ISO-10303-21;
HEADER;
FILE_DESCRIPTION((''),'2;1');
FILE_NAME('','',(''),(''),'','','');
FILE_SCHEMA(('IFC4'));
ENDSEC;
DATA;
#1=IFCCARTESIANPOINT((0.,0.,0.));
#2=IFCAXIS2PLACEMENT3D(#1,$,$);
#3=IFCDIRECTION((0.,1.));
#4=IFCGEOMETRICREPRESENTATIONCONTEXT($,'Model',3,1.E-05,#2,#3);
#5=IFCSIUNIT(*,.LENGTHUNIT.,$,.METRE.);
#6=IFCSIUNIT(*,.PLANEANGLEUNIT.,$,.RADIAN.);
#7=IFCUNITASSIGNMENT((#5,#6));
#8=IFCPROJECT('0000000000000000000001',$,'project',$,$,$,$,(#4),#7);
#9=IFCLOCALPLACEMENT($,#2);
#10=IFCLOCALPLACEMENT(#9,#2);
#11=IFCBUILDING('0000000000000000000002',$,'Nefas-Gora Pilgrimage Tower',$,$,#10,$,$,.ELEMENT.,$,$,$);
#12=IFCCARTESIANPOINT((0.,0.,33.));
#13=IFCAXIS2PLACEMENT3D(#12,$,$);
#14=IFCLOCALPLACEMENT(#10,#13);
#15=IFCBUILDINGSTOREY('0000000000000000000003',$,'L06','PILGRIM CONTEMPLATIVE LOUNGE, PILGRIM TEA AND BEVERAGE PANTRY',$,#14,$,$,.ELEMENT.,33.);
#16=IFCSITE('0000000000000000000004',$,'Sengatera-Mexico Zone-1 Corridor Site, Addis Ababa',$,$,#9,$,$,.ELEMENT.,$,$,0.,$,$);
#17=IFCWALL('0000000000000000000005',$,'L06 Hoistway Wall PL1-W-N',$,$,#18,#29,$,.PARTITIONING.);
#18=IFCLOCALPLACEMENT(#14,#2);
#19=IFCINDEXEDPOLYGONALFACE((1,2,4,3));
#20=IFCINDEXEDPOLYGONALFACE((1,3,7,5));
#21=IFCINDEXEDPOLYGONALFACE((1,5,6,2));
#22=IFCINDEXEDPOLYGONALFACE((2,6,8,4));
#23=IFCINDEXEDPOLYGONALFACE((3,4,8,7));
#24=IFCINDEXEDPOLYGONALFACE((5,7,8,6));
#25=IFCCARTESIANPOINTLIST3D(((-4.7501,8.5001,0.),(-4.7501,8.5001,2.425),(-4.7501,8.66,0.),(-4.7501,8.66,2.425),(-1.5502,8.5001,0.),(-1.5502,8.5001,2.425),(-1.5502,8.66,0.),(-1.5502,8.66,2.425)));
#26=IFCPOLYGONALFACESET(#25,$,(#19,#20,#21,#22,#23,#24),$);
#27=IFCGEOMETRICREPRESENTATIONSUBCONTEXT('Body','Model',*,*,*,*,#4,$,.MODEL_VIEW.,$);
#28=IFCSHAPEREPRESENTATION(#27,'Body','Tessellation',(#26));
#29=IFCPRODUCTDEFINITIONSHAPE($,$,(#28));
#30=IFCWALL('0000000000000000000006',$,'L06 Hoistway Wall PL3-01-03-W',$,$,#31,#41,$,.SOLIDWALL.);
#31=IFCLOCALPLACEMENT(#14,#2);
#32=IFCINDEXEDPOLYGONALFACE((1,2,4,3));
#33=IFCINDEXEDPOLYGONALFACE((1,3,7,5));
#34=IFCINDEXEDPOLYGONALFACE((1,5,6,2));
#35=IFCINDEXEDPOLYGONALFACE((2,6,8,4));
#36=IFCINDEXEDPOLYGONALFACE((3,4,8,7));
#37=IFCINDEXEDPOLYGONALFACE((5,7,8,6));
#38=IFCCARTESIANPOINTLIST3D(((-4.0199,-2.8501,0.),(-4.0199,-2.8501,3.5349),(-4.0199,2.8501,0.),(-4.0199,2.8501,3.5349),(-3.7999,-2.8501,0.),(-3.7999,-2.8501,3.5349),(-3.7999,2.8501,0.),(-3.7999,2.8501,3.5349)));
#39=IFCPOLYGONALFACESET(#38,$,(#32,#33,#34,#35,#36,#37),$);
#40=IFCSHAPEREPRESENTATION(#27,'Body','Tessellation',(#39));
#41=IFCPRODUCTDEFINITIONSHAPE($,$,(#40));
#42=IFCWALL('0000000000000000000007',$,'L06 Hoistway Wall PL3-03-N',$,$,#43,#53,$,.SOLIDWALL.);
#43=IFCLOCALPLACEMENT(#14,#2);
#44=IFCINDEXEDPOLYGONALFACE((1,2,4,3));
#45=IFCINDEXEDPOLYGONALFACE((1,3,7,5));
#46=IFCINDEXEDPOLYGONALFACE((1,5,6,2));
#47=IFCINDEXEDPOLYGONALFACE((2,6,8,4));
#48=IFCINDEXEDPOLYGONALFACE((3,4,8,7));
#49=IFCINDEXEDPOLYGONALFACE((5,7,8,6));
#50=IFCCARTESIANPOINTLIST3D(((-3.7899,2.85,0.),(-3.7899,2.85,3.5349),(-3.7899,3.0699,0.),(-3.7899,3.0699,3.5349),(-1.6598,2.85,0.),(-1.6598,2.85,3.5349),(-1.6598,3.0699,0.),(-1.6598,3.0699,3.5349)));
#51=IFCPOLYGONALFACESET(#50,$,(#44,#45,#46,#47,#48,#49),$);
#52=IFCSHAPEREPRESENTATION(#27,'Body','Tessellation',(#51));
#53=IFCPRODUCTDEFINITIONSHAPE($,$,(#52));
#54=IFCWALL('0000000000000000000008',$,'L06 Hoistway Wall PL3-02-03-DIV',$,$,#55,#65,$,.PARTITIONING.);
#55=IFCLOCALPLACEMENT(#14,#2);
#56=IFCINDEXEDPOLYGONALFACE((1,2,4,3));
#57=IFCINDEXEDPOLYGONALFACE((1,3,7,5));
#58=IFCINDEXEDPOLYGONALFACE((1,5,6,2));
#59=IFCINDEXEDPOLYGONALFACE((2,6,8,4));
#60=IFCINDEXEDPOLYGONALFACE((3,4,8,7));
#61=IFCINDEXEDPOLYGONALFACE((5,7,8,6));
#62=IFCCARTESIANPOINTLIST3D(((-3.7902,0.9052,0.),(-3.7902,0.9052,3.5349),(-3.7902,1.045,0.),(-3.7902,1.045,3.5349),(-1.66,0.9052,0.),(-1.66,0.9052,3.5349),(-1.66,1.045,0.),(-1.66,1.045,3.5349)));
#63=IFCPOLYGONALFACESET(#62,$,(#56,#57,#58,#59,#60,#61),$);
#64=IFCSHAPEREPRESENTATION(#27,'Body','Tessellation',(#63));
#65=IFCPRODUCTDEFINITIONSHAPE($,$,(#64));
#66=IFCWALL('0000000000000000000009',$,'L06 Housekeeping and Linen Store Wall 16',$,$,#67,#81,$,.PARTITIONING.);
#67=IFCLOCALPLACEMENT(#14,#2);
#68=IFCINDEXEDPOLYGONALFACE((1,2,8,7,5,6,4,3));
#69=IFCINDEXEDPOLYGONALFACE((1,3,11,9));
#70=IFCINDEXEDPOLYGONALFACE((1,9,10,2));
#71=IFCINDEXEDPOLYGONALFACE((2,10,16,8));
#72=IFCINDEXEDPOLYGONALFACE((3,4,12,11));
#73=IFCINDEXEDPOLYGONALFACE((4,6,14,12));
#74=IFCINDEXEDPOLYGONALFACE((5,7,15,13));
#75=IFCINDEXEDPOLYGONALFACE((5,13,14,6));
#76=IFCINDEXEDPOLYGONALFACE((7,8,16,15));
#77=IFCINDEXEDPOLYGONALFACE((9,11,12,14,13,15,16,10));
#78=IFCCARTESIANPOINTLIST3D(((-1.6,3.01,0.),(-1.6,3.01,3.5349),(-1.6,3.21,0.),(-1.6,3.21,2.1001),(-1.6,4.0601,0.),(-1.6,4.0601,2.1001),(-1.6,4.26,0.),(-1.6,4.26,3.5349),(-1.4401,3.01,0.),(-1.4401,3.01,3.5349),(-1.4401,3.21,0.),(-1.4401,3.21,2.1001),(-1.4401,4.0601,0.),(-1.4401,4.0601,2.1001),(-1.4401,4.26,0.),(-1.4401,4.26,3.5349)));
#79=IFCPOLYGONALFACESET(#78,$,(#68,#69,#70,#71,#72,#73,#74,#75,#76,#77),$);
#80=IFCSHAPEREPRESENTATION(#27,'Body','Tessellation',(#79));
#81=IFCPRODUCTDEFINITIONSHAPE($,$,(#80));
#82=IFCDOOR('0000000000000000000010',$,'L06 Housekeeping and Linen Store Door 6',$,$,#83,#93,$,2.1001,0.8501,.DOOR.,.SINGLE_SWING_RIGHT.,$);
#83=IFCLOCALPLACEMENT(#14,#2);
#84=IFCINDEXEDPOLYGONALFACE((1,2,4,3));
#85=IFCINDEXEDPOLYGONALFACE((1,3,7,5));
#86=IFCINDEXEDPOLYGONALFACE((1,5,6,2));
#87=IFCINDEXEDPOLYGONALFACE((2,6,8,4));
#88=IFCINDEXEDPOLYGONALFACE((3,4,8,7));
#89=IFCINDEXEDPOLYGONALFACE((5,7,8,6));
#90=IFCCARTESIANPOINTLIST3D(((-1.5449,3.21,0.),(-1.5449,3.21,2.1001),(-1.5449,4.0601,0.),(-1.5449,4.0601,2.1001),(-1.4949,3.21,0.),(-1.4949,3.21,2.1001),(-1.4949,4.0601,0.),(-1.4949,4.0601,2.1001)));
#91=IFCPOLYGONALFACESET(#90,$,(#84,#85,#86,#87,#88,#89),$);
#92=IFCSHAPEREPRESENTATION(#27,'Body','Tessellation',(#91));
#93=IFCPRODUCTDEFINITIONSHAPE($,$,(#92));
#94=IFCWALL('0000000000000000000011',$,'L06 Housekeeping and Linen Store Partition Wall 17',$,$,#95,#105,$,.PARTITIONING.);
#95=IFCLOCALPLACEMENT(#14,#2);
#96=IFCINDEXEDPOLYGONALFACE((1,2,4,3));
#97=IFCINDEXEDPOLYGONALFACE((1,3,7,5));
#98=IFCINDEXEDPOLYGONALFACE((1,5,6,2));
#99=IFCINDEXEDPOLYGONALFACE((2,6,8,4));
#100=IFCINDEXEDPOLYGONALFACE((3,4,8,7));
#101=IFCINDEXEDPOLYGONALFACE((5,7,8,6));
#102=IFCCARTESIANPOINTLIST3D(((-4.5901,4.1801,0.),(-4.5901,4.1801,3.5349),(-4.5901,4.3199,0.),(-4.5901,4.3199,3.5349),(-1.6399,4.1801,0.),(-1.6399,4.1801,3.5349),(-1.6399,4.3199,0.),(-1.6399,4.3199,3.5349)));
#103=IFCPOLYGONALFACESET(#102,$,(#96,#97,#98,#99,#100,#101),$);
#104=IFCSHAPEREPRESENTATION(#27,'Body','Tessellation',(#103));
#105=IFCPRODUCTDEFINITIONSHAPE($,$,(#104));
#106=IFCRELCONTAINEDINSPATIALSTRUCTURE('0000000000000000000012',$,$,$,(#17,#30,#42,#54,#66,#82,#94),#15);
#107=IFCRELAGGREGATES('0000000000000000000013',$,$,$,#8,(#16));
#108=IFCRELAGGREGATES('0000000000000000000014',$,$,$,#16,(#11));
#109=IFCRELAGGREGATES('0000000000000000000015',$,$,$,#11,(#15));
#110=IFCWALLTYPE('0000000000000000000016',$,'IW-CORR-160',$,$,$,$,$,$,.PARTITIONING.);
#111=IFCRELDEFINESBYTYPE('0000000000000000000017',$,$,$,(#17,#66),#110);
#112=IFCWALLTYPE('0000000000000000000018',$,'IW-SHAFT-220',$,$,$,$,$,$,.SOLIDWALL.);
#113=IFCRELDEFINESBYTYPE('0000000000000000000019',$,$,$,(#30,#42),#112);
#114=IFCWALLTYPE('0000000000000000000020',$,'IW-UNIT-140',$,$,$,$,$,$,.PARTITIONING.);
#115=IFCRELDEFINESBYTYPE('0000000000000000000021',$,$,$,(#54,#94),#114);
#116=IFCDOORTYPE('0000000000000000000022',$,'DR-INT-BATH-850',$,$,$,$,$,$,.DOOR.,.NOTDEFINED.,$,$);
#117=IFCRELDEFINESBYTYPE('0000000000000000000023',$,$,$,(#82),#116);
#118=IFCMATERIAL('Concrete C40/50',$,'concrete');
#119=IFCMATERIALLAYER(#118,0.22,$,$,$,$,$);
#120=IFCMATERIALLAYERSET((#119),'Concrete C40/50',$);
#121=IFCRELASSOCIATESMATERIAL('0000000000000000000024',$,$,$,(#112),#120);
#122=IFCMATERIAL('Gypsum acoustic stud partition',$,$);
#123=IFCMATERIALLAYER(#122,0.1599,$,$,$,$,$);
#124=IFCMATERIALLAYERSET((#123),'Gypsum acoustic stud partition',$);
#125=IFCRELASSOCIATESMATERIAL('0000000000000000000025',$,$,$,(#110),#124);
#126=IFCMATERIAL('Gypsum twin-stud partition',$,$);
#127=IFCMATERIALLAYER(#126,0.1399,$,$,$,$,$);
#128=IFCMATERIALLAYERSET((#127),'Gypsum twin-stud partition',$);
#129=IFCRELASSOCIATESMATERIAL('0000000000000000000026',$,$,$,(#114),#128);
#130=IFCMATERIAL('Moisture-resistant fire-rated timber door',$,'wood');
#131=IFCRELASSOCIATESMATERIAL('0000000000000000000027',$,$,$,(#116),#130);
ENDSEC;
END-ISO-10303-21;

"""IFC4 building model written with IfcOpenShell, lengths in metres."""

from ifc_helpers import new_model, si_unit, direction, frame, frame_2d, origin, place, context, subcontext, project, spatial, rectangle, extrude, source, transform, mapped, material, layer, layer_set, type_object, element, fill, save


model = new_model("IFC4")

# Units and contexts
model_context = context("Model", 3, precision=1e-05, world=origin(), true_north=direction((0.0, 1.0)))
body_context = subcontext(model_context, "Body", "Model", "MODEL_VIEW")
ifc_project = project(units=[si_unit("LENGTHUNIT", "METRE"), si_unit("PLANEANGLEUNIT", "RADIAN")], contexts=[model_context])

# Site, building, storey
site_placement = place(None, origin())
site = spatial("IfcSite", under=ifc_project, at=site_placement, Name="Sengatera-Mexico Zone-1 Corridor Site, Addis Ababa", CompositionType="ELEMENT", RefElevation=0.0)
building_placement = place(site_placement, origin())
building = spatial("IfcBuilding", under=site, at=building_placement, Name="Nefas-Gora Pilgrimage Tower", CompositionType="ELEMENT")
storey_placement = place(building_placement, frame((0.0, 0.0, 33.0)))
storey = spatial("IfcBuildingStorey", under=building, at=storey_placement, Name="L06", Description="PILGRIM CONTEMPLATIVE LOUNGE, PILGRIM TEA AND BEVERAGE PANTRY", CompositionType="ELEMENT", Elevation=33.0)

# Shared definitions
ifc_material_1 = material(Name="Concrete C40/50", Category="concrete")

# Walls
ifc_layer_1 = layer(ifc_material_1, 0.22)
ifc_layer_set_1 = layer_set([ifc_layer_1], Name="Concrete C40/50")
wall_type_1 = type_object("IfcWallType", Name="IW-SHAFT-220", PredefinedType="SOLIDWALL", material=ifc_layer_set_1)
ifc_material_2 = material(Name="Gypsum acoustic stud partition")
ifc_layer_2 = layer(ifc_material_2, 0.1599)
ifc_layer_set_2 = layer_set([ifc_layer_2], Name="Gypsum acoustic stud partition")
wall_type_2 = type_object("IfcWallType", Name="IW-CORR-160", PredefinedType="PARTITIONING", material=ifc_layer_set_2)
shared_shape_1 = source(origin(), body_context, "Body", "SweptSolid", [
    extrude(rectangle(XDim=3.2, YDim=0.1599, at=frame_2d((1.6001, 0.0))), origin(), (0.0, 0.0, 1.0), 2.425),
])
wall_1_placement = place(storey_placement, frame((-1.55, 8.5801, 0.0), z_axis=(0.0, 0.0, 1.0), x_axis=(-1.0, 0.0, 0.0)))
element("IfcWall", 1, at=wall_1_placement, inside=storey, type_object=wall_type_2, Name="L06 Hoistway Wall PL1-W-N", PredefinedType="PARTITIONING", context=body_context, shape_type="MappedRepresentation", body=[
    mapped(shared_shape_1, transform((0.0, 0.0, 0.0), x_axis=(1.0, 0.0, 0.0), y_axis=(0.0, 1.0, 0.0), z_axis=(0.0, 0.0, 1.0), scale=1.0)),
])
ifc_material_3 = material(Name="Gypsum twin-stud partition")
ifc_layer_3 = layer(ifc_material_3, 0.1399)
ifc_layer_set_3 = layer_set([ifc_layer_3], Name="Gypsum twin-stud partition")
wall_type_3 = type_object("IfcWallType", Name="IW-UNIT-140", PredefinedType="PARTITIONING", material=ifc_layer_set_3)
shared_shape_2 = source(origin(), body_context, "Body", "SweptSolid", [
    extrude(rectangle(XDim=5.7002, YDim=0.22, at=frame_2d((2.8501, 0.0))), origin(), (0.0, 0.0, 1.0), 3.5349),
])
wall_2_placement = place(storey_placement, frame((-3.9099, 2.8501, 0.0), z_axis=(0.0, 0.0, 1.0), x_axis=(0.0, -1.0, 0.0)))
element("IfcWall", 2, at=wall_2_placement, inside=storey, type_object=wall_type_1, Name="L06 Hoistway Wall PL3-01-03-W", PredefinedType="SOLIDWALL", context=body_context, shape_type="MappedRepresentation", body=[
    mapped(shared_shape_2, transform((0.0, 0.0, 0.0), x_axis=(1.0, 0.0, 0.0), y_axis=(0.0, 1.0, 0.0), z_axis=(0.0, 0.0, 1.0), scale=1.0)),
])
shared_shape_3 = source(origin(), body_context, "Body", "SweptSolid", [
    extrude(rectangle(XDim=2.1301, YDim=0.22, at=frame_2d((1.0649, 0.0))), origin(), (0.0, 0.0, 1.0), 3.5349),
])
wall_3_placement = place(storey_placement, frame((-1.6599, 2.96, 0.0), z_axis=(0.0, 0.0, 1.0), x_axis=(-1.0, 0.0, 0.0)))
element("IfcWall", 3, at=wall_3_placement, inside=storey, type_object=wall_type_1, Name="L06 Hoistway Wall PL3-03-N", PredefinedType="SOLIDWALL", context=body_context, shape_type="MappedRepresentation", body=[
    mapped(shared_shape_3, transform((0.0, 0.0, 0.0), x_axis=(1.0, 0.0, 0.0), y_axis=(0.0, 1.0, 0.0), z_axis=(0.0, 0.0, 1.0), scale=1.0)),
])
shared_shape_4 = source(origin(), body_context, "Body", "SweptSolid", [
    extrude(rectangle(XDim=2.1301, YDim=0.1399, at=frame_2d((1.0649, 0.0))), origin(), (0.0, 0.0, 1.0), 3.5349),
])
wall_4_placement = place(storey_placement, frame((-3.79, 0.9751, 0.0), z_axis=(0.0, 0.0, 1.0), x_axis=(1.0, 0.0, 0.0)))
element("IfcWall", 4, at=wall_4_placement, inside=storey, type_object=wall_type_3, Name="L06 Hoistway Wall PL3-02-03-DIV", PredefinedType="PARTITIONING", context=body_context, shape_type="MappedRepresentation", body=[
    mapped(shared_shape_4, transform((0.0, 0.0, 0.0), x_axis=(1.0, 0.0, 0.0), y_axis=(0.0, 1.0, 0.0), z_axis=(0.0, 0.0, 1.0), scale=1.0)),
])

# Wall, opening, door
shared_shape_5 = source(origin(), body_context, "Body", "SweptSolid", [
    extrude(rectangle(XDim=1.25, YDim=0.1599, at=frame_2d((0.625, 0.0))), origin(), (0.0, 0.0, 1.0), 3.5349),
])
wall_5_placement = place(storey_placement, frame((-1.52, 3.01, 0.0), z_axis=(0.0, 0.0, 1.0), x_axis=(0.0, 1.0, 0.0)))
wall_5 = element("IfcWall", 5, at=wall_5_placement, inside=storey, type_object=wall_type_2, Name="L06 Housekeeping and Linen Store Wall 16", PredefinedType="PARTITIONING", context=body_context, shape_type="MappedRepresentation", body=[
    mapped(shared_shape_5, transform((0.0, 0.0, 0.0), x_axis=(1.0, 0.0, 0.0), y_axis=(0.0, 1.0, 0.0), z_axis=(0.0, 0.0, 1.0), scale=1.0)),
])
opening_placement = place(wall_5_placement, frame((0.2, 0.0, 0.0)))
opening = element("IfcOpeningElement", 6, at=opening_placement, cuts=wall_5, PredefinedType="OPENING", context=body_context, shape_type="SweptSolid", body=[
    extrude(rectangle(XDim=0.8501, YDim=2.1001, at=frame_2d((0.425, 1.05))), frame((0.0, 0.0898, 0.0), z_axis=(0.0, -1.0, 0.0), x_axis=(1.0, 0.0, 0.0)), (0.0, 0.0, 1.0), 0.1799),
])
ifc_material_4 = material(Name="Moisture-resistant fire-rated timber door", Category="wood")
door_type = type_object("IfcDoorType", Name="DR-INT-BATH-850", OperationType="NOTDEFINED", PredefinedType="DOOR", material=ifc_material_4)
shared_shape_6 = source(origin(), body_context, "Body", "SweptSolid", [
    extrude(rectangle(XDim=0.8501, YDim=2.1001, at=frame_2d((0.425, 1.05))), frame((0.0, 0.0249, 0.0), z_axis=(0.0, -1.0, 0.0), x_axis=(1.0, 0.0, 0.0)), (0.0, 0.0, 1.0), 0.05),
])
door_placement = place(opening_placement, origin())
door = element("IfcDoor", 7, at=door_placement, inside=storey, type_object=door_type, Name="L06 Housekeeping and Linen Store Door 6", OperationType="SINGLE_SWING_RIGHT", OverallHeight=2.1001, OverallWidth=0.8501, PredefinedType="DOOR", context=body_context, shape_type="MappedRepresentation", body=[
    mapped(shared_shape_6, transform((0.0, 0.0, 0.0), x_axis=(1.0, 0.0, 0.0), y_axis=(0.0, 1.0, 0.0), z_axis=(0.0, 0.0, 1.0), scale=1.0)),
])
fill(opening, door)

# Wall
shared_shape_7 = source(origin(), body_context, "Body", "SweptSolid", [
    extrude(rectangle(XDim=2.9502, YDim=0.1399, at=frame_2d((1.4751, 0.0))), origin(), (0.0, 0.0, 1.0), 3.5349),
])
wall_6_placement = place(storey_placement, frame((-4.5901, 4.25, 0.0), z_axis=(0.0, 0.0, 1.0), x_axis=(1.0, 0.0, 0.0)))
element("IfcWall", 8, at=wall_6_placement, inside=storey, type_object=wall_type_3, Name="L06 Housekeeping and Linen Store Partition Wall 17", PredefinedType="PARTITIONING", context=body_context, shape_type="MappedRepresentation", body=[
    mapped(shared_shape_7, transform((0.0, 0.0, 0.0), x_axis=(1.0, 0.0, 0.0), y_axis=(0.0, 1.0, 0.0), z_axis=(0.0, 0.0, 1.0), scale=1.0)),
])

save(model, "model.ifc")
